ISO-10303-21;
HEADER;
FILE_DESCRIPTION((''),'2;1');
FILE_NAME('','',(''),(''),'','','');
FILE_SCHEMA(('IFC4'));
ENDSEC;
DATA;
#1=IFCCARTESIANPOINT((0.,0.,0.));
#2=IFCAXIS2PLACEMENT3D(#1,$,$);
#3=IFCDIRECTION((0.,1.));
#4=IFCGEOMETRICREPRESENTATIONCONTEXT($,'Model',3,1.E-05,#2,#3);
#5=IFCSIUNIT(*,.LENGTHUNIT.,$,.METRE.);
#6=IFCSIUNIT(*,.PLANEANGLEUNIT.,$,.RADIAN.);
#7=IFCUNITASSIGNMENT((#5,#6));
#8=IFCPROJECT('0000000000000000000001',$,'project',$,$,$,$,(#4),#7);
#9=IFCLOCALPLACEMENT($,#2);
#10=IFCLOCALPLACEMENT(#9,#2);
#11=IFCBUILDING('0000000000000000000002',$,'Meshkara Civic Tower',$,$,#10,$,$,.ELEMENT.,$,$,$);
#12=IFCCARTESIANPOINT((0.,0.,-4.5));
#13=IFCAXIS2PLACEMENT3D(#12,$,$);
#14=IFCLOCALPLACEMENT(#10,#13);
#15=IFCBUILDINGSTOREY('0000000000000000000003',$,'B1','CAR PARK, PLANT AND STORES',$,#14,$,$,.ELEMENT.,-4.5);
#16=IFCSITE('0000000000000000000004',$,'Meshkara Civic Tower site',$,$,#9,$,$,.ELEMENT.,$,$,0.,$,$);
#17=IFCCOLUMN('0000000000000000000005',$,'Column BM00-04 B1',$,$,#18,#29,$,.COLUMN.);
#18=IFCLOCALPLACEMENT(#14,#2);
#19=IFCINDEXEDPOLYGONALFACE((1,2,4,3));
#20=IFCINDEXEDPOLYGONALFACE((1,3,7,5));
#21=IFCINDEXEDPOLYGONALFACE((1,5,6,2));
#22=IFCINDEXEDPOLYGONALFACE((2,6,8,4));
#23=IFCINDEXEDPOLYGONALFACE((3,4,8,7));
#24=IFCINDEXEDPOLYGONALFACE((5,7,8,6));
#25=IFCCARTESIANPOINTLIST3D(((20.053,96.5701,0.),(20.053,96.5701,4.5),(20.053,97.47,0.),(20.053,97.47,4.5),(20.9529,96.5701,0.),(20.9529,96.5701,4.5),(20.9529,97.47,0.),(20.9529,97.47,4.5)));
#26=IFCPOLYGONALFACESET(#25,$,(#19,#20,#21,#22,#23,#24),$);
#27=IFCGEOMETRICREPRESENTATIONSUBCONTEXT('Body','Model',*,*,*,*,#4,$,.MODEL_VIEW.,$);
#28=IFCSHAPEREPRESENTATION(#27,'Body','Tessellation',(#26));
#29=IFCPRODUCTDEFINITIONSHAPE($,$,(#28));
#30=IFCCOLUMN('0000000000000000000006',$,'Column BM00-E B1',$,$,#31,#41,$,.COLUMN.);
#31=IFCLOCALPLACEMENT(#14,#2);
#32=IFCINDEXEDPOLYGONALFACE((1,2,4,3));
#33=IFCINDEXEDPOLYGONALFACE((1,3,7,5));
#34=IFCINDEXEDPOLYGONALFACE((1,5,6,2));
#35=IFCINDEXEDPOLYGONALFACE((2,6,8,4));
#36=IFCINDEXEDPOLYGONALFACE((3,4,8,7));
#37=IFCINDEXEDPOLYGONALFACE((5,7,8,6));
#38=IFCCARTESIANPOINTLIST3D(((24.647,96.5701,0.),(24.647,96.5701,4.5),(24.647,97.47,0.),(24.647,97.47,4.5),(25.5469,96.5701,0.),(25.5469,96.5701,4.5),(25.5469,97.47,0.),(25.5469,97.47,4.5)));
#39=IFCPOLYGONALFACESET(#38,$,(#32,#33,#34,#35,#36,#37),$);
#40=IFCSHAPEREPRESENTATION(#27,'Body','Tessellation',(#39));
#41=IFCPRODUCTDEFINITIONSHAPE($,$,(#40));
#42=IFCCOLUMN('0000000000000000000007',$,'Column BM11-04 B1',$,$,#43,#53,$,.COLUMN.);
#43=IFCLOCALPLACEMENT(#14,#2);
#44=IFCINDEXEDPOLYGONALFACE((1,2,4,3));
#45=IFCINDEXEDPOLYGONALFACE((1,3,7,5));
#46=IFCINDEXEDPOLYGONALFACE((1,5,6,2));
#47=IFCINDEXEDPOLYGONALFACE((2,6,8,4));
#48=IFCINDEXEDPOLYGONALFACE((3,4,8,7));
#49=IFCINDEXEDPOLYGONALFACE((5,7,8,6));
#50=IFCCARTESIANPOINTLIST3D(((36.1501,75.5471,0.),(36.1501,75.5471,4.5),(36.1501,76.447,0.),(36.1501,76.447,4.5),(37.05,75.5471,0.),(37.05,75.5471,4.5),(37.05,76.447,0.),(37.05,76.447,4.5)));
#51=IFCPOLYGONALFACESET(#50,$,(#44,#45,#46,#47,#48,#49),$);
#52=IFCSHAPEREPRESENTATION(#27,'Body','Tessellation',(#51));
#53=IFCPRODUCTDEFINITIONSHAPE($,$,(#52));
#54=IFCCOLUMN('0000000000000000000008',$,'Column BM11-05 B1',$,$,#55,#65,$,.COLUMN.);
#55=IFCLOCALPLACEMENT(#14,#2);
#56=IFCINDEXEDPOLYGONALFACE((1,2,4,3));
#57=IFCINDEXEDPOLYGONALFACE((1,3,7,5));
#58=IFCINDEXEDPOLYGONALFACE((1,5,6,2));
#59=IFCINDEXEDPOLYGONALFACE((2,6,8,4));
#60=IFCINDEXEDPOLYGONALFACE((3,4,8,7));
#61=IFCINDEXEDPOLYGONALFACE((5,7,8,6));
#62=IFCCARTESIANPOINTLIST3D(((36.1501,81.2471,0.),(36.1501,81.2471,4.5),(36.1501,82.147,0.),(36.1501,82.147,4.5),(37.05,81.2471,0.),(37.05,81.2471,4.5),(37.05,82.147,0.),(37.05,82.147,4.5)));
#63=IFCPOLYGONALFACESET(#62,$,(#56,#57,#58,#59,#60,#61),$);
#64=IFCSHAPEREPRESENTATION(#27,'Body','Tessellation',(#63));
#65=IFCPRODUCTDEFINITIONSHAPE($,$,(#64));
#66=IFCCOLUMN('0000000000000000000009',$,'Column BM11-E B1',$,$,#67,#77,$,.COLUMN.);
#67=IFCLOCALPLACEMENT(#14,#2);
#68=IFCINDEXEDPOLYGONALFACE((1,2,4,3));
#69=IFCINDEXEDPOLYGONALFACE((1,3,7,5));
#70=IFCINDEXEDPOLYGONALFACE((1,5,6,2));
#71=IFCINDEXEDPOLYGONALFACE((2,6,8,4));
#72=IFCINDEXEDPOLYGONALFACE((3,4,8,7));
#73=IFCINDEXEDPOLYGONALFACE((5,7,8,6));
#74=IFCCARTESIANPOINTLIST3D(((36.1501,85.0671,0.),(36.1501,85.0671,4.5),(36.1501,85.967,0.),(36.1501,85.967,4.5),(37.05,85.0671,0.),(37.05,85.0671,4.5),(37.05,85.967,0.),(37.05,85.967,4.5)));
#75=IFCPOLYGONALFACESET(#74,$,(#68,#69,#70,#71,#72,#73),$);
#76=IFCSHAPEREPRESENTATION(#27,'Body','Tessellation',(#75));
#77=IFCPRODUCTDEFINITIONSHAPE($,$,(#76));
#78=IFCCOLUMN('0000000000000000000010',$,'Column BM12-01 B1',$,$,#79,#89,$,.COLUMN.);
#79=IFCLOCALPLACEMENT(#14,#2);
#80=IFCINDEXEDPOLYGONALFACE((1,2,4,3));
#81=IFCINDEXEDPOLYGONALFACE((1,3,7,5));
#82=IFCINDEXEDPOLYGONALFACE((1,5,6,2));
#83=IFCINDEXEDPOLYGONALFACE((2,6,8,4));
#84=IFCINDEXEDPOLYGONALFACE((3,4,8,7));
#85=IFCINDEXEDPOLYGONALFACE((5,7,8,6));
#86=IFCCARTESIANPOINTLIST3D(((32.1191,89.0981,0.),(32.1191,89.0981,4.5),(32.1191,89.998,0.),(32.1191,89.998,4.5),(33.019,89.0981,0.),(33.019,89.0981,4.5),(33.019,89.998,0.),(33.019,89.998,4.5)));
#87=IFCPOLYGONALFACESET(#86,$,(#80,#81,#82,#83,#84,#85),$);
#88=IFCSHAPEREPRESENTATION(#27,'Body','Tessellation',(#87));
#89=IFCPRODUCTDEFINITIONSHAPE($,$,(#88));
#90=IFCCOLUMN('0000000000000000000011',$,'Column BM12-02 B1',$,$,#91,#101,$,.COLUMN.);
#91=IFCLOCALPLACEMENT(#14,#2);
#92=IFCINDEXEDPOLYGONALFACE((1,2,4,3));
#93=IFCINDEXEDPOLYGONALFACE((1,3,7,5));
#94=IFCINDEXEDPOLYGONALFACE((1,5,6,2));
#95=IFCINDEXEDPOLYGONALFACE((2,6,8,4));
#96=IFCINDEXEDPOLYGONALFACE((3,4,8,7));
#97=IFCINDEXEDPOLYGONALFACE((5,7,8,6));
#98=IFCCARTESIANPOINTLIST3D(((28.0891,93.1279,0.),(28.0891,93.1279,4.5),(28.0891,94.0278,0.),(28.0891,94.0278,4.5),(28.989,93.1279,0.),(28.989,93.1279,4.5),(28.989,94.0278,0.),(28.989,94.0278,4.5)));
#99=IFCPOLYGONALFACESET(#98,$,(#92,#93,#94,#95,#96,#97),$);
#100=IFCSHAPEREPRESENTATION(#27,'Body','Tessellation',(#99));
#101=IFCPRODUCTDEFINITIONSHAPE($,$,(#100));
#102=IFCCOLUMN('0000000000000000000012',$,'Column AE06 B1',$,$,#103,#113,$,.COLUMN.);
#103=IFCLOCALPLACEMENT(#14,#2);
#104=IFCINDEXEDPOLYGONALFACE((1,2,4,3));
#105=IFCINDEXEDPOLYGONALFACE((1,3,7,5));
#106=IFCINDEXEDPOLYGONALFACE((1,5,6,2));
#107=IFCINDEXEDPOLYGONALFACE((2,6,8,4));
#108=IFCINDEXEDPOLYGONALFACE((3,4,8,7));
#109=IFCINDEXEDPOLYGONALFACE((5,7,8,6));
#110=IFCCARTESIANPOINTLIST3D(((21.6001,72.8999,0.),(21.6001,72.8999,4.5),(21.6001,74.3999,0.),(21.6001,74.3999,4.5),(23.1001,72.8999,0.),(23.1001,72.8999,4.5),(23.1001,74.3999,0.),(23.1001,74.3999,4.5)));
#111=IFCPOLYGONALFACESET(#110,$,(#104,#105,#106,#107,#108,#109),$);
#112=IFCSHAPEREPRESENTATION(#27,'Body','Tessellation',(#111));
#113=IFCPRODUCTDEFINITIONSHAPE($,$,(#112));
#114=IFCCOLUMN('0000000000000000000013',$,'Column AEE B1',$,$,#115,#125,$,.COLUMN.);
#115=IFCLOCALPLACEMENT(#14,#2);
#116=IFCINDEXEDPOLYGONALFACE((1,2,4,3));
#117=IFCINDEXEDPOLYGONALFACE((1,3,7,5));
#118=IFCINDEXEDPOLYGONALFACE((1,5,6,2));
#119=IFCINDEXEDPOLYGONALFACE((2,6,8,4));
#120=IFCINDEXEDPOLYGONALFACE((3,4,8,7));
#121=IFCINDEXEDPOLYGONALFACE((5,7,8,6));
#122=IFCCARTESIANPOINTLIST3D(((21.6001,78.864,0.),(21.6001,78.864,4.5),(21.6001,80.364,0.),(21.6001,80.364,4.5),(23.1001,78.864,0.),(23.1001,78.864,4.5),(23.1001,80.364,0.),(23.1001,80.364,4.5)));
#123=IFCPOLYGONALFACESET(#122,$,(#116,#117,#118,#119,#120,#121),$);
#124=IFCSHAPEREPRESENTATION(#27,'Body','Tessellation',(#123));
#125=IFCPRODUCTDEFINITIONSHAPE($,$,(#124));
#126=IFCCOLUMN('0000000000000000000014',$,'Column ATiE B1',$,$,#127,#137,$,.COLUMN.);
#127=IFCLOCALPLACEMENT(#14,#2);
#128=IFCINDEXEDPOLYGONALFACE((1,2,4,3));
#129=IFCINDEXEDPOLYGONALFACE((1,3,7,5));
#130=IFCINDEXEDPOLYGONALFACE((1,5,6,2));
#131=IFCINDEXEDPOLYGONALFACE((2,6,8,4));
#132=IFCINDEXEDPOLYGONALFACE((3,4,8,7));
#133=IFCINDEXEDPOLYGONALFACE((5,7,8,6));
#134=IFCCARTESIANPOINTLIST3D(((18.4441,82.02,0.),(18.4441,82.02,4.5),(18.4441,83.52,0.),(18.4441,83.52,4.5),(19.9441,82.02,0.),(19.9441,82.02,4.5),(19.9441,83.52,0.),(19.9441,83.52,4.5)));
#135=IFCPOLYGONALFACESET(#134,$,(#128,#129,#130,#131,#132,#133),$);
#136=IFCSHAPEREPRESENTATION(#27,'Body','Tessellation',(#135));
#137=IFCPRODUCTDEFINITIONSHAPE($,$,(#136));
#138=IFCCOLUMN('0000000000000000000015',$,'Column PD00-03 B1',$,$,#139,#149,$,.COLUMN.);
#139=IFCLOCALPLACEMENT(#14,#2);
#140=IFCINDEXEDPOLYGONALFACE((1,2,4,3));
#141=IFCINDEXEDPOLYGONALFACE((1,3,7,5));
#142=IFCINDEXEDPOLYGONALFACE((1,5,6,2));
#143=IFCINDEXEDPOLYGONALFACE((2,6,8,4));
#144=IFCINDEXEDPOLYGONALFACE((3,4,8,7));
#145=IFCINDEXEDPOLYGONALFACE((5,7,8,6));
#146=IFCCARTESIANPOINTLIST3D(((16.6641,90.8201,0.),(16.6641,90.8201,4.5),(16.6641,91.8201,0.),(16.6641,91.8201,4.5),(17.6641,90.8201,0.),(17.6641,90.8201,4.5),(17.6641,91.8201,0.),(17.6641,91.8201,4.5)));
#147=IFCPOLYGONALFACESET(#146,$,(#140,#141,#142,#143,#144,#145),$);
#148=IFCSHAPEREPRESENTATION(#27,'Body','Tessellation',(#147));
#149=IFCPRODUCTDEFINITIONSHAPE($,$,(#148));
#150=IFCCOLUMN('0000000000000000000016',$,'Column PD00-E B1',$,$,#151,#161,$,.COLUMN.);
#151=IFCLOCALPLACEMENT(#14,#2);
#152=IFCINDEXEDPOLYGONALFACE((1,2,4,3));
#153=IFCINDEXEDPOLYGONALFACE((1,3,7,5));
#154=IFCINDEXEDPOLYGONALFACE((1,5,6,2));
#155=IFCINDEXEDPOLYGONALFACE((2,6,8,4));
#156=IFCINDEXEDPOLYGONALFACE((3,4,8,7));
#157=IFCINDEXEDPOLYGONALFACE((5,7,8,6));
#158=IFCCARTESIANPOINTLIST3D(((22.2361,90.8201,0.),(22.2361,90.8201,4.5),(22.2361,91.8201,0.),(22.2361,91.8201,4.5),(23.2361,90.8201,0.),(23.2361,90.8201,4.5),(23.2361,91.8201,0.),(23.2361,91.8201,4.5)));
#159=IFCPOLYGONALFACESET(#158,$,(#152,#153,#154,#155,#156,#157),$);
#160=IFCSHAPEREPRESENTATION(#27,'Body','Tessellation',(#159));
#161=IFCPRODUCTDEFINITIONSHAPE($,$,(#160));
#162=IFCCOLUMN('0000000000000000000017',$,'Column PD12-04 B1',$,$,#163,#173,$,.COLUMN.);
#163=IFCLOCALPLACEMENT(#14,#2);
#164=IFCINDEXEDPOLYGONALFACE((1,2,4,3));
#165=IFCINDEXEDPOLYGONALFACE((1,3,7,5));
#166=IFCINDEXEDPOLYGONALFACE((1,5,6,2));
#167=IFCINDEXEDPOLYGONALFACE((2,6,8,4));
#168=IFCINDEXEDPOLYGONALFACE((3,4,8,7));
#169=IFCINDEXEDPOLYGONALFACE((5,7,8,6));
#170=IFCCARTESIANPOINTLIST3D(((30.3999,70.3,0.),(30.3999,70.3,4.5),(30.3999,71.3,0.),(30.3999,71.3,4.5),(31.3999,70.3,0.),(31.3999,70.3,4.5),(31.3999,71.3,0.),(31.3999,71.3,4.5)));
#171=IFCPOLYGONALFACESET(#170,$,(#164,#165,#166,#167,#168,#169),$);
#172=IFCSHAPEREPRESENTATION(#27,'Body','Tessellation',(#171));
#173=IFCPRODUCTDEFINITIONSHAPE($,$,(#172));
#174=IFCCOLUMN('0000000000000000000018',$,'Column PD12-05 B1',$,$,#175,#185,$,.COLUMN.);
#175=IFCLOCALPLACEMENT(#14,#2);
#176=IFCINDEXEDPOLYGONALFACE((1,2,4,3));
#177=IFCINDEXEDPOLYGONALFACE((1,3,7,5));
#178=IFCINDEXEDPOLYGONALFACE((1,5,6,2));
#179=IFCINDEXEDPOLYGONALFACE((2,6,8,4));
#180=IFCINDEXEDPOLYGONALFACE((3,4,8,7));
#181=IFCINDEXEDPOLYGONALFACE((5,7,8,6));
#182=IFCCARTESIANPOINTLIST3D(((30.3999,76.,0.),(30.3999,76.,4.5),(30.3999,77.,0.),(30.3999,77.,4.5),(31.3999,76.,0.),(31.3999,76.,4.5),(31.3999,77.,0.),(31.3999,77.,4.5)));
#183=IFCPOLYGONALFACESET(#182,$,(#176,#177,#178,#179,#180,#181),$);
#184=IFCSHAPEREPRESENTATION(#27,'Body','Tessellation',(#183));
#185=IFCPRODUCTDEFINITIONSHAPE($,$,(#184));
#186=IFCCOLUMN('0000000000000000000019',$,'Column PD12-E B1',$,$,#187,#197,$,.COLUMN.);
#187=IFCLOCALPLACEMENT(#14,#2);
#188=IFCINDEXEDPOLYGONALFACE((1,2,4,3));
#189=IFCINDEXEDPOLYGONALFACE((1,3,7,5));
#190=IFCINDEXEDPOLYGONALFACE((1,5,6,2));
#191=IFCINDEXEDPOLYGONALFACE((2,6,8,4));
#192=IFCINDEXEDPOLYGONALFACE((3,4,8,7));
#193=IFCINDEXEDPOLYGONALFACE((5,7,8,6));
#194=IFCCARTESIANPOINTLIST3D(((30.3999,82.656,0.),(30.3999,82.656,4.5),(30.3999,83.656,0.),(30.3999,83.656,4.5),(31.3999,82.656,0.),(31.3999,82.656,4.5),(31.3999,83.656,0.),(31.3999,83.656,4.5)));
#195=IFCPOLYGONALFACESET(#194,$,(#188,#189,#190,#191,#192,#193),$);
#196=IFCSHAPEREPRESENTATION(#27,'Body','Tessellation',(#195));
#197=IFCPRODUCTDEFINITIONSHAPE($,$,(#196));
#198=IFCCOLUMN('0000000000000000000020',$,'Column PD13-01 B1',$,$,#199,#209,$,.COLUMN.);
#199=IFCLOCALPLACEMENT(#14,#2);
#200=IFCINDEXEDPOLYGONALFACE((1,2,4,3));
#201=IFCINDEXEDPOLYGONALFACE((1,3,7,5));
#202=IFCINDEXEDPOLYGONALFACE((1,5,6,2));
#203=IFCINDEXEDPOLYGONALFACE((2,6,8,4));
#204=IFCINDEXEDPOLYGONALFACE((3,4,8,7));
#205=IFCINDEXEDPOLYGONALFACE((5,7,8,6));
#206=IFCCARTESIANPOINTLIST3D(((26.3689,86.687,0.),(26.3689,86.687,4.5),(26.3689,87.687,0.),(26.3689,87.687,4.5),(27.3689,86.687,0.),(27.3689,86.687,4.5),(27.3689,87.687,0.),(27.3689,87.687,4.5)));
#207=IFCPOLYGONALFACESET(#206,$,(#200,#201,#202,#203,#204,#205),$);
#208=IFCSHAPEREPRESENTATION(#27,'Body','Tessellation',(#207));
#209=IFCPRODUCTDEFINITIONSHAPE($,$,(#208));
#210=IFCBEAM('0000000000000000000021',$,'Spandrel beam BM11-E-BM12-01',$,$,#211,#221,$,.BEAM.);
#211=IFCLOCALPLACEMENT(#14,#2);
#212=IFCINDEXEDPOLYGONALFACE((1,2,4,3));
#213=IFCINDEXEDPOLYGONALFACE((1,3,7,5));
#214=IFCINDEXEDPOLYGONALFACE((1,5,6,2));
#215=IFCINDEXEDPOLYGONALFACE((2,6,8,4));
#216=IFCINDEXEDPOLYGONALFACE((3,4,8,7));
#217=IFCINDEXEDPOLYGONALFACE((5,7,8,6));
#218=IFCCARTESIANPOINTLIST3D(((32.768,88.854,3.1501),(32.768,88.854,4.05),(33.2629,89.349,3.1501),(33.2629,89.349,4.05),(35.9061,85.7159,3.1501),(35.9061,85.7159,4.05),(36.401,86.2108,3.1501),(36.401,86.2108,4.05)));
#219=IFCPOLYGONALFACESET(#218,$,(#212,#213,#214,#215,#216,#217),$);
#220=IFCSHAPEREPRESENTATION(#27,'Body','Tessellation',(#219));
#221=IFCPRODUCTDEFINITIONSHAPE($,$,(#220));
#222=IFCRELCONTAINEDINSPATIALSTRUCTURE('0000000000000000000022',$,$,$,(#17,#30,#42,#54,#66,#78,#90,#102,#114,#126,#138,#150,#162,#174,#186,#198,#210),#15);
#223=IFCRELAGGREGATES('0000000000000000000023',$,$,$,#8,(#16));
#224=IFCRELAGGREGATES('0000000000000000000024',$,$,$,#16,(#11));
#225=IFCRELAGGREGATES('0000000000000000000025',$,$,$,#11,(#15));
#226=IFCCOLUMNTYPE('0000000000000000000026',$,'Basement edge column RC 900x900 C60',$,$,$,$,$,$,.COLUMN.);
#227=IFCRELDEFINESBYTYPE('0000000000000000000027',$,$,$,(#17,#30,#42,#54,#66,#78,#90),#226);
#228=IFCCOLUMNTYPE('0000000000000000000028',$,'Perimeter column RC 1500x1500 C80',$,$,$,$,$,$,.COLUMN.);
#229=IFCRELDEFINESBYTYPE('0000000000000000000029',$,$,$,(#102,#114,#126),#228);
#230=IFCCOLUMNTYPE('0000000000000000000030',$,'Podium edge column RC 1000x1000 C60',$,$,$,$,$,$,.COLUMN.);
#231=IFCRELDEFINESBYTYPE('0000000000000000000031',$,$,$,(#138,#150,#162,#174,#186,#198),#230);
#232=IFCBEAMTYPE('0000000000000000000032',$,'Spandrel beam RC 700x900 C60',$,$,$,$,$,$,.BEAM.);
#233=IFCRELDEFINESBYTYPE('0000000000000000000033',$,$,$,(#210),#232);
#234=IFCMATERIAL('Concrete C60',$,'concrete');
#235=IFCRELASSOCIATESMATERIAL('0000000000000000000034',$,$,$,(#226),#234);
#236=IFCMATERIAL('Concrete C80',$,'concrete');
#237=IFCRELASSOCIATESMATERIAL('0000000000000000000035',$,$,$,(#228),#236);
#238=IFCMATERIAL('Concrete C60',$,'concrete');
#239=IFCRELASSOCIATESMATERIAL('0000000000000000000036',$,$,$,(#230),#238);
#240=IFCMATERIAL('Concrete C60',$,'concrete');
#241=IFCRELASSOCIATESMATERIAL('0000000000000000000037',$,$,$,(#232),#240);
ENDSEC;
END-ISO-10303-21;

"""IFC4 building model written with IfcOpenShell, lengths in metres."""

from ifc_helpers import new_model, si_unit, direction, frame, origin, origin_2d, place, context, subcontext, project, spatial, rectangle, extrude, material, material_profile, profile_set, type_object, element, save


model = new_model("IFC4")

# Units and contexts
model_context = context("Model", 3, precision=1e-05, world=origin(), true_north=direction((0.0, 1.0)))
body_context = subcontext(model_context, "Body", "Model", "MODEL_VIEW")
ifc_project = project(units=[si_unit("LENGTHUNIT", "METRE"), si_unit("PLANEANGLEUNIT", "RADIAN")], contexts=[model_context])

# Site, building, storey
site_placement = place(None, origin())
site = spatial("IfcSite", under=ifc_project, at=site_placement, Name="Meshkara Civic Tower site", CompositionType="ELEMENT", RefElevation=0.0)
building_placement = place(site_placement, origin())
building = spatial("IfcBuilding", under=site, at=building_placement, Name="Meshkara Civic Tower", CompositionType="ELEMENT")
storey_placement = place(building_placement, frame((0.0, 0.0, -4.5)))
storey = spatial("IfcBuildingStorey", under=building, at=storey_placement, Name="B1", Description="CAR PARK, PLANT AND STORES", CompositionType="ELEMENT", Elevation=-4.5)

# Columns
ifc_material_1 = material(Name="Concrete C60", Category="concrete")
ifc_material_profile_1 = material_profile(ifc_material_1, rectangle(XDim=0.8999, YDim=0.8999, at=origin_2d()))
ifc_profile_set_1 = profile_set([ifc_material_profile_1], Name="Concrete C60")
column_type_1 = type_object("IfcColumnType", Name="Basement edge column RC 900x900 C60", PredefinedType="COLUMN", material=ifc_profile_set_1)
for number, where, z_axis, x_axis, name in (
    (1, (20.5029, 97.02, 0.0), (0.0, 0.0, 1.0), (1.0, 0.0, 0.0), "Column BM00-04 B1"),
    (2, (25.0969, 97.02, 0.0), (0.0, 0.0, 1.0), (1.0, 0.0, 0.0), "Column BM00-E B1"),
    (3, (36.6001, 75.9971, 0.0), (0.0, 0.0, 1.0), (1.0, 0.0, 0.0), "Column BM11-04 B1"),
    (4, (36.6001, 81.697, 0.0), (0.0, 0.0, 1.0), (1.0, 0.0, 0.0), "Column BM11-05 B1"),
    (5, (36.6001, 85.5171, 0.0), (0.0, 0.0, 1.0), (1.0, 0.0, 0.0), "Column BM11-E B1"),
    (6, (32.5691, 89.5481, 0.0), (0.0, 0.0, 1.0), (1.0, 0.0, 0.0), "Column BM12-01 B1"),
    (7, (28.5391, 93.5779, 0.0), (0.0, 0.0, 1.0), (1.0, 0.0, 0.0), "Column BM12-02 B1"),
):
    element("IfcColumn", number, at=place(storey_placement, frame(where, z_axis=z_axis, x_axis=x_axis)), inside=storey, type_object=column_type_1, Name=name, PredefinedType="COLUMN", context=body_context, shape_type="SweptSolid", body=[
        extrude(rectangle(XDim=0.8999, YDim=0.8999, at=origin_2d()), origin(), (0.0, 0.0, 1.0), 4.5),
    ])
ifc_material_2 = material(Name="Concrete C80", Category="concrete")
ifc_material_profile_2 = material_profile(ifc_material_2, rectangle(XDim=1.5, YDim=1.5, at=origin_2d()))
ifc_profile_set_2 = profile_set([ifc_material_profile_2], Name="Concrete C80")
column_type_2 = type_object("IfcColumnType", Name="Perimeter column RC 1500x1500 C80", PredefinedType="COLUMN", material=ifc_profile_set_2)
for number, where, z_axis, x_axis, name in (
    (8, (22.3501, 73.6499, 0.0), (0.0, 0.0, 1.0), (1.0, 0.0, 0.0), "Column AE06 B1"),
    (9, (22.3501, 79.614, 0.0), (0.0, 0.0, 1.0), (1.0, 0.0, 0.0), "Column AEE B1"),
    (10, (19.1941, 82.77, 0.0), (0.0, 0.0, 1.0), (1.0, 0.0, 0.0), "Column ATiE B1"),
):
    element("IfcColumn", number, at=place(storey_placement, frame(where, z_axis=z_axis, x_axis=x_axis)), inside=storey, type_object=column_type_2, Name=name, PredefinedType="COLUMN", context=body_context, shape_type="SweptSolid", body=[
        extrude(rectangle(XDim=1.5, YDim=1.5, at=origin_2d()), origin(), (0.0, 0.0, 1.0), 4.5),
    ])
ifc_material_3 = material(Name="Concrete C60", Category="concrete")
ifc_material_profile_3 = material_profile(ifc_material_3, rectangle(XDim=1.0, YDim=1.0, at=origin_2d()))
ifc_profile_set_3 = profile_set([ifc_material_profile_3], Name="Concrete C60")
column_type_3 = type_object("IfcColumnType", Name="Podium edge column RC 1000x1000 C60", PredefinedType="COLUMN", material=ifc_profile_set_3)
for number, where, z_axis, x_axis, name in (
    (11, (17.1641, 91.3201, 0.0), (0.0, 0.0, 1.0), (1.0, 0.0, 0.0), "Column PD00-03 B1"),
    (12, (22.7361, 91.3201, 0.0), (0.0, 0.0, 1.0), (1.0, 0.0, 0.0), "Column PD00-E B1"),
    (13, (30.8999, 70.8, 0.0), (0.0, 0.0, 1.0), (1.0, 0.0, 0.0), "Column PD12-04 B1"),
    (14, (30.8999, 76.5, 0.0), (0.0, 0.0, 1.0), (1.0, 0.0, 0.0), "Column PD12-05 B1"),
    (15, (30.8999, 83.156, 0.0), (0.0, 0.0, 1.0), (1.0, 0.0, 0.0), "Column PD12-E B1"),
    (16, (26.8689, 87.187, 0.0), (0.0, 0.0, 1.0), (1.0, 0.0, 0.0), "Column PD13-01 B1"),
):
    element("IfcColumn", number, at=place(storey_placement, frame(where, z_axis=z_axis, x_axis=x_axis)), inside=storey, type_object=column_type_3, Name=name, PredefinedType="COLUMN", context=body_context, shape_type="SweptSolid", body=[
        extrude(rectangle(XDim=1.0, YDim=1.0, at=origin_2d()), origin(), (0.0, 0.0, 1.0), 4.5),
    ])

# Beam
ifc_material_4 = material(Name="Concrete C60", Category="concrete")
ifc_material_profile_4 = material_profile(ifc_material_4, rectangle(XDim=0.7, YDim=0.8999, at=origin_2d()))
ifc_profile_set_4 = profile_set([ifc_material_profile_4], Name="Concrete C60")
beam_type = type_object("IfcBeamType", Name="Spandrel beam RC 700x900 C60", PredefinedType="BEAM", material=ifc_profile_set_4)
beam_1_placement = place(storey_placement, frame((36.1536, 85.9634, 3.6001), z_axis=(-0.707107, 0.707107, 0.0), x_axis=(-0.707107, -0.707107, 0.0)))
element("IfcBeam", 17, at=beam_1_placement, inside=storey, type_object=beam_type, Name="Spandrel beam BM11-E-BM12-01", PredefinedType="BEAM", context=body_context, shape_type="SweptSolid", body=[
    extrude(rectangle(XDim=0.7, YDim=0.8999, at=origin_2d()), origin(), (0.0, 0.0, 1.0), 4.438),
])

save(model, "model.ifc")
